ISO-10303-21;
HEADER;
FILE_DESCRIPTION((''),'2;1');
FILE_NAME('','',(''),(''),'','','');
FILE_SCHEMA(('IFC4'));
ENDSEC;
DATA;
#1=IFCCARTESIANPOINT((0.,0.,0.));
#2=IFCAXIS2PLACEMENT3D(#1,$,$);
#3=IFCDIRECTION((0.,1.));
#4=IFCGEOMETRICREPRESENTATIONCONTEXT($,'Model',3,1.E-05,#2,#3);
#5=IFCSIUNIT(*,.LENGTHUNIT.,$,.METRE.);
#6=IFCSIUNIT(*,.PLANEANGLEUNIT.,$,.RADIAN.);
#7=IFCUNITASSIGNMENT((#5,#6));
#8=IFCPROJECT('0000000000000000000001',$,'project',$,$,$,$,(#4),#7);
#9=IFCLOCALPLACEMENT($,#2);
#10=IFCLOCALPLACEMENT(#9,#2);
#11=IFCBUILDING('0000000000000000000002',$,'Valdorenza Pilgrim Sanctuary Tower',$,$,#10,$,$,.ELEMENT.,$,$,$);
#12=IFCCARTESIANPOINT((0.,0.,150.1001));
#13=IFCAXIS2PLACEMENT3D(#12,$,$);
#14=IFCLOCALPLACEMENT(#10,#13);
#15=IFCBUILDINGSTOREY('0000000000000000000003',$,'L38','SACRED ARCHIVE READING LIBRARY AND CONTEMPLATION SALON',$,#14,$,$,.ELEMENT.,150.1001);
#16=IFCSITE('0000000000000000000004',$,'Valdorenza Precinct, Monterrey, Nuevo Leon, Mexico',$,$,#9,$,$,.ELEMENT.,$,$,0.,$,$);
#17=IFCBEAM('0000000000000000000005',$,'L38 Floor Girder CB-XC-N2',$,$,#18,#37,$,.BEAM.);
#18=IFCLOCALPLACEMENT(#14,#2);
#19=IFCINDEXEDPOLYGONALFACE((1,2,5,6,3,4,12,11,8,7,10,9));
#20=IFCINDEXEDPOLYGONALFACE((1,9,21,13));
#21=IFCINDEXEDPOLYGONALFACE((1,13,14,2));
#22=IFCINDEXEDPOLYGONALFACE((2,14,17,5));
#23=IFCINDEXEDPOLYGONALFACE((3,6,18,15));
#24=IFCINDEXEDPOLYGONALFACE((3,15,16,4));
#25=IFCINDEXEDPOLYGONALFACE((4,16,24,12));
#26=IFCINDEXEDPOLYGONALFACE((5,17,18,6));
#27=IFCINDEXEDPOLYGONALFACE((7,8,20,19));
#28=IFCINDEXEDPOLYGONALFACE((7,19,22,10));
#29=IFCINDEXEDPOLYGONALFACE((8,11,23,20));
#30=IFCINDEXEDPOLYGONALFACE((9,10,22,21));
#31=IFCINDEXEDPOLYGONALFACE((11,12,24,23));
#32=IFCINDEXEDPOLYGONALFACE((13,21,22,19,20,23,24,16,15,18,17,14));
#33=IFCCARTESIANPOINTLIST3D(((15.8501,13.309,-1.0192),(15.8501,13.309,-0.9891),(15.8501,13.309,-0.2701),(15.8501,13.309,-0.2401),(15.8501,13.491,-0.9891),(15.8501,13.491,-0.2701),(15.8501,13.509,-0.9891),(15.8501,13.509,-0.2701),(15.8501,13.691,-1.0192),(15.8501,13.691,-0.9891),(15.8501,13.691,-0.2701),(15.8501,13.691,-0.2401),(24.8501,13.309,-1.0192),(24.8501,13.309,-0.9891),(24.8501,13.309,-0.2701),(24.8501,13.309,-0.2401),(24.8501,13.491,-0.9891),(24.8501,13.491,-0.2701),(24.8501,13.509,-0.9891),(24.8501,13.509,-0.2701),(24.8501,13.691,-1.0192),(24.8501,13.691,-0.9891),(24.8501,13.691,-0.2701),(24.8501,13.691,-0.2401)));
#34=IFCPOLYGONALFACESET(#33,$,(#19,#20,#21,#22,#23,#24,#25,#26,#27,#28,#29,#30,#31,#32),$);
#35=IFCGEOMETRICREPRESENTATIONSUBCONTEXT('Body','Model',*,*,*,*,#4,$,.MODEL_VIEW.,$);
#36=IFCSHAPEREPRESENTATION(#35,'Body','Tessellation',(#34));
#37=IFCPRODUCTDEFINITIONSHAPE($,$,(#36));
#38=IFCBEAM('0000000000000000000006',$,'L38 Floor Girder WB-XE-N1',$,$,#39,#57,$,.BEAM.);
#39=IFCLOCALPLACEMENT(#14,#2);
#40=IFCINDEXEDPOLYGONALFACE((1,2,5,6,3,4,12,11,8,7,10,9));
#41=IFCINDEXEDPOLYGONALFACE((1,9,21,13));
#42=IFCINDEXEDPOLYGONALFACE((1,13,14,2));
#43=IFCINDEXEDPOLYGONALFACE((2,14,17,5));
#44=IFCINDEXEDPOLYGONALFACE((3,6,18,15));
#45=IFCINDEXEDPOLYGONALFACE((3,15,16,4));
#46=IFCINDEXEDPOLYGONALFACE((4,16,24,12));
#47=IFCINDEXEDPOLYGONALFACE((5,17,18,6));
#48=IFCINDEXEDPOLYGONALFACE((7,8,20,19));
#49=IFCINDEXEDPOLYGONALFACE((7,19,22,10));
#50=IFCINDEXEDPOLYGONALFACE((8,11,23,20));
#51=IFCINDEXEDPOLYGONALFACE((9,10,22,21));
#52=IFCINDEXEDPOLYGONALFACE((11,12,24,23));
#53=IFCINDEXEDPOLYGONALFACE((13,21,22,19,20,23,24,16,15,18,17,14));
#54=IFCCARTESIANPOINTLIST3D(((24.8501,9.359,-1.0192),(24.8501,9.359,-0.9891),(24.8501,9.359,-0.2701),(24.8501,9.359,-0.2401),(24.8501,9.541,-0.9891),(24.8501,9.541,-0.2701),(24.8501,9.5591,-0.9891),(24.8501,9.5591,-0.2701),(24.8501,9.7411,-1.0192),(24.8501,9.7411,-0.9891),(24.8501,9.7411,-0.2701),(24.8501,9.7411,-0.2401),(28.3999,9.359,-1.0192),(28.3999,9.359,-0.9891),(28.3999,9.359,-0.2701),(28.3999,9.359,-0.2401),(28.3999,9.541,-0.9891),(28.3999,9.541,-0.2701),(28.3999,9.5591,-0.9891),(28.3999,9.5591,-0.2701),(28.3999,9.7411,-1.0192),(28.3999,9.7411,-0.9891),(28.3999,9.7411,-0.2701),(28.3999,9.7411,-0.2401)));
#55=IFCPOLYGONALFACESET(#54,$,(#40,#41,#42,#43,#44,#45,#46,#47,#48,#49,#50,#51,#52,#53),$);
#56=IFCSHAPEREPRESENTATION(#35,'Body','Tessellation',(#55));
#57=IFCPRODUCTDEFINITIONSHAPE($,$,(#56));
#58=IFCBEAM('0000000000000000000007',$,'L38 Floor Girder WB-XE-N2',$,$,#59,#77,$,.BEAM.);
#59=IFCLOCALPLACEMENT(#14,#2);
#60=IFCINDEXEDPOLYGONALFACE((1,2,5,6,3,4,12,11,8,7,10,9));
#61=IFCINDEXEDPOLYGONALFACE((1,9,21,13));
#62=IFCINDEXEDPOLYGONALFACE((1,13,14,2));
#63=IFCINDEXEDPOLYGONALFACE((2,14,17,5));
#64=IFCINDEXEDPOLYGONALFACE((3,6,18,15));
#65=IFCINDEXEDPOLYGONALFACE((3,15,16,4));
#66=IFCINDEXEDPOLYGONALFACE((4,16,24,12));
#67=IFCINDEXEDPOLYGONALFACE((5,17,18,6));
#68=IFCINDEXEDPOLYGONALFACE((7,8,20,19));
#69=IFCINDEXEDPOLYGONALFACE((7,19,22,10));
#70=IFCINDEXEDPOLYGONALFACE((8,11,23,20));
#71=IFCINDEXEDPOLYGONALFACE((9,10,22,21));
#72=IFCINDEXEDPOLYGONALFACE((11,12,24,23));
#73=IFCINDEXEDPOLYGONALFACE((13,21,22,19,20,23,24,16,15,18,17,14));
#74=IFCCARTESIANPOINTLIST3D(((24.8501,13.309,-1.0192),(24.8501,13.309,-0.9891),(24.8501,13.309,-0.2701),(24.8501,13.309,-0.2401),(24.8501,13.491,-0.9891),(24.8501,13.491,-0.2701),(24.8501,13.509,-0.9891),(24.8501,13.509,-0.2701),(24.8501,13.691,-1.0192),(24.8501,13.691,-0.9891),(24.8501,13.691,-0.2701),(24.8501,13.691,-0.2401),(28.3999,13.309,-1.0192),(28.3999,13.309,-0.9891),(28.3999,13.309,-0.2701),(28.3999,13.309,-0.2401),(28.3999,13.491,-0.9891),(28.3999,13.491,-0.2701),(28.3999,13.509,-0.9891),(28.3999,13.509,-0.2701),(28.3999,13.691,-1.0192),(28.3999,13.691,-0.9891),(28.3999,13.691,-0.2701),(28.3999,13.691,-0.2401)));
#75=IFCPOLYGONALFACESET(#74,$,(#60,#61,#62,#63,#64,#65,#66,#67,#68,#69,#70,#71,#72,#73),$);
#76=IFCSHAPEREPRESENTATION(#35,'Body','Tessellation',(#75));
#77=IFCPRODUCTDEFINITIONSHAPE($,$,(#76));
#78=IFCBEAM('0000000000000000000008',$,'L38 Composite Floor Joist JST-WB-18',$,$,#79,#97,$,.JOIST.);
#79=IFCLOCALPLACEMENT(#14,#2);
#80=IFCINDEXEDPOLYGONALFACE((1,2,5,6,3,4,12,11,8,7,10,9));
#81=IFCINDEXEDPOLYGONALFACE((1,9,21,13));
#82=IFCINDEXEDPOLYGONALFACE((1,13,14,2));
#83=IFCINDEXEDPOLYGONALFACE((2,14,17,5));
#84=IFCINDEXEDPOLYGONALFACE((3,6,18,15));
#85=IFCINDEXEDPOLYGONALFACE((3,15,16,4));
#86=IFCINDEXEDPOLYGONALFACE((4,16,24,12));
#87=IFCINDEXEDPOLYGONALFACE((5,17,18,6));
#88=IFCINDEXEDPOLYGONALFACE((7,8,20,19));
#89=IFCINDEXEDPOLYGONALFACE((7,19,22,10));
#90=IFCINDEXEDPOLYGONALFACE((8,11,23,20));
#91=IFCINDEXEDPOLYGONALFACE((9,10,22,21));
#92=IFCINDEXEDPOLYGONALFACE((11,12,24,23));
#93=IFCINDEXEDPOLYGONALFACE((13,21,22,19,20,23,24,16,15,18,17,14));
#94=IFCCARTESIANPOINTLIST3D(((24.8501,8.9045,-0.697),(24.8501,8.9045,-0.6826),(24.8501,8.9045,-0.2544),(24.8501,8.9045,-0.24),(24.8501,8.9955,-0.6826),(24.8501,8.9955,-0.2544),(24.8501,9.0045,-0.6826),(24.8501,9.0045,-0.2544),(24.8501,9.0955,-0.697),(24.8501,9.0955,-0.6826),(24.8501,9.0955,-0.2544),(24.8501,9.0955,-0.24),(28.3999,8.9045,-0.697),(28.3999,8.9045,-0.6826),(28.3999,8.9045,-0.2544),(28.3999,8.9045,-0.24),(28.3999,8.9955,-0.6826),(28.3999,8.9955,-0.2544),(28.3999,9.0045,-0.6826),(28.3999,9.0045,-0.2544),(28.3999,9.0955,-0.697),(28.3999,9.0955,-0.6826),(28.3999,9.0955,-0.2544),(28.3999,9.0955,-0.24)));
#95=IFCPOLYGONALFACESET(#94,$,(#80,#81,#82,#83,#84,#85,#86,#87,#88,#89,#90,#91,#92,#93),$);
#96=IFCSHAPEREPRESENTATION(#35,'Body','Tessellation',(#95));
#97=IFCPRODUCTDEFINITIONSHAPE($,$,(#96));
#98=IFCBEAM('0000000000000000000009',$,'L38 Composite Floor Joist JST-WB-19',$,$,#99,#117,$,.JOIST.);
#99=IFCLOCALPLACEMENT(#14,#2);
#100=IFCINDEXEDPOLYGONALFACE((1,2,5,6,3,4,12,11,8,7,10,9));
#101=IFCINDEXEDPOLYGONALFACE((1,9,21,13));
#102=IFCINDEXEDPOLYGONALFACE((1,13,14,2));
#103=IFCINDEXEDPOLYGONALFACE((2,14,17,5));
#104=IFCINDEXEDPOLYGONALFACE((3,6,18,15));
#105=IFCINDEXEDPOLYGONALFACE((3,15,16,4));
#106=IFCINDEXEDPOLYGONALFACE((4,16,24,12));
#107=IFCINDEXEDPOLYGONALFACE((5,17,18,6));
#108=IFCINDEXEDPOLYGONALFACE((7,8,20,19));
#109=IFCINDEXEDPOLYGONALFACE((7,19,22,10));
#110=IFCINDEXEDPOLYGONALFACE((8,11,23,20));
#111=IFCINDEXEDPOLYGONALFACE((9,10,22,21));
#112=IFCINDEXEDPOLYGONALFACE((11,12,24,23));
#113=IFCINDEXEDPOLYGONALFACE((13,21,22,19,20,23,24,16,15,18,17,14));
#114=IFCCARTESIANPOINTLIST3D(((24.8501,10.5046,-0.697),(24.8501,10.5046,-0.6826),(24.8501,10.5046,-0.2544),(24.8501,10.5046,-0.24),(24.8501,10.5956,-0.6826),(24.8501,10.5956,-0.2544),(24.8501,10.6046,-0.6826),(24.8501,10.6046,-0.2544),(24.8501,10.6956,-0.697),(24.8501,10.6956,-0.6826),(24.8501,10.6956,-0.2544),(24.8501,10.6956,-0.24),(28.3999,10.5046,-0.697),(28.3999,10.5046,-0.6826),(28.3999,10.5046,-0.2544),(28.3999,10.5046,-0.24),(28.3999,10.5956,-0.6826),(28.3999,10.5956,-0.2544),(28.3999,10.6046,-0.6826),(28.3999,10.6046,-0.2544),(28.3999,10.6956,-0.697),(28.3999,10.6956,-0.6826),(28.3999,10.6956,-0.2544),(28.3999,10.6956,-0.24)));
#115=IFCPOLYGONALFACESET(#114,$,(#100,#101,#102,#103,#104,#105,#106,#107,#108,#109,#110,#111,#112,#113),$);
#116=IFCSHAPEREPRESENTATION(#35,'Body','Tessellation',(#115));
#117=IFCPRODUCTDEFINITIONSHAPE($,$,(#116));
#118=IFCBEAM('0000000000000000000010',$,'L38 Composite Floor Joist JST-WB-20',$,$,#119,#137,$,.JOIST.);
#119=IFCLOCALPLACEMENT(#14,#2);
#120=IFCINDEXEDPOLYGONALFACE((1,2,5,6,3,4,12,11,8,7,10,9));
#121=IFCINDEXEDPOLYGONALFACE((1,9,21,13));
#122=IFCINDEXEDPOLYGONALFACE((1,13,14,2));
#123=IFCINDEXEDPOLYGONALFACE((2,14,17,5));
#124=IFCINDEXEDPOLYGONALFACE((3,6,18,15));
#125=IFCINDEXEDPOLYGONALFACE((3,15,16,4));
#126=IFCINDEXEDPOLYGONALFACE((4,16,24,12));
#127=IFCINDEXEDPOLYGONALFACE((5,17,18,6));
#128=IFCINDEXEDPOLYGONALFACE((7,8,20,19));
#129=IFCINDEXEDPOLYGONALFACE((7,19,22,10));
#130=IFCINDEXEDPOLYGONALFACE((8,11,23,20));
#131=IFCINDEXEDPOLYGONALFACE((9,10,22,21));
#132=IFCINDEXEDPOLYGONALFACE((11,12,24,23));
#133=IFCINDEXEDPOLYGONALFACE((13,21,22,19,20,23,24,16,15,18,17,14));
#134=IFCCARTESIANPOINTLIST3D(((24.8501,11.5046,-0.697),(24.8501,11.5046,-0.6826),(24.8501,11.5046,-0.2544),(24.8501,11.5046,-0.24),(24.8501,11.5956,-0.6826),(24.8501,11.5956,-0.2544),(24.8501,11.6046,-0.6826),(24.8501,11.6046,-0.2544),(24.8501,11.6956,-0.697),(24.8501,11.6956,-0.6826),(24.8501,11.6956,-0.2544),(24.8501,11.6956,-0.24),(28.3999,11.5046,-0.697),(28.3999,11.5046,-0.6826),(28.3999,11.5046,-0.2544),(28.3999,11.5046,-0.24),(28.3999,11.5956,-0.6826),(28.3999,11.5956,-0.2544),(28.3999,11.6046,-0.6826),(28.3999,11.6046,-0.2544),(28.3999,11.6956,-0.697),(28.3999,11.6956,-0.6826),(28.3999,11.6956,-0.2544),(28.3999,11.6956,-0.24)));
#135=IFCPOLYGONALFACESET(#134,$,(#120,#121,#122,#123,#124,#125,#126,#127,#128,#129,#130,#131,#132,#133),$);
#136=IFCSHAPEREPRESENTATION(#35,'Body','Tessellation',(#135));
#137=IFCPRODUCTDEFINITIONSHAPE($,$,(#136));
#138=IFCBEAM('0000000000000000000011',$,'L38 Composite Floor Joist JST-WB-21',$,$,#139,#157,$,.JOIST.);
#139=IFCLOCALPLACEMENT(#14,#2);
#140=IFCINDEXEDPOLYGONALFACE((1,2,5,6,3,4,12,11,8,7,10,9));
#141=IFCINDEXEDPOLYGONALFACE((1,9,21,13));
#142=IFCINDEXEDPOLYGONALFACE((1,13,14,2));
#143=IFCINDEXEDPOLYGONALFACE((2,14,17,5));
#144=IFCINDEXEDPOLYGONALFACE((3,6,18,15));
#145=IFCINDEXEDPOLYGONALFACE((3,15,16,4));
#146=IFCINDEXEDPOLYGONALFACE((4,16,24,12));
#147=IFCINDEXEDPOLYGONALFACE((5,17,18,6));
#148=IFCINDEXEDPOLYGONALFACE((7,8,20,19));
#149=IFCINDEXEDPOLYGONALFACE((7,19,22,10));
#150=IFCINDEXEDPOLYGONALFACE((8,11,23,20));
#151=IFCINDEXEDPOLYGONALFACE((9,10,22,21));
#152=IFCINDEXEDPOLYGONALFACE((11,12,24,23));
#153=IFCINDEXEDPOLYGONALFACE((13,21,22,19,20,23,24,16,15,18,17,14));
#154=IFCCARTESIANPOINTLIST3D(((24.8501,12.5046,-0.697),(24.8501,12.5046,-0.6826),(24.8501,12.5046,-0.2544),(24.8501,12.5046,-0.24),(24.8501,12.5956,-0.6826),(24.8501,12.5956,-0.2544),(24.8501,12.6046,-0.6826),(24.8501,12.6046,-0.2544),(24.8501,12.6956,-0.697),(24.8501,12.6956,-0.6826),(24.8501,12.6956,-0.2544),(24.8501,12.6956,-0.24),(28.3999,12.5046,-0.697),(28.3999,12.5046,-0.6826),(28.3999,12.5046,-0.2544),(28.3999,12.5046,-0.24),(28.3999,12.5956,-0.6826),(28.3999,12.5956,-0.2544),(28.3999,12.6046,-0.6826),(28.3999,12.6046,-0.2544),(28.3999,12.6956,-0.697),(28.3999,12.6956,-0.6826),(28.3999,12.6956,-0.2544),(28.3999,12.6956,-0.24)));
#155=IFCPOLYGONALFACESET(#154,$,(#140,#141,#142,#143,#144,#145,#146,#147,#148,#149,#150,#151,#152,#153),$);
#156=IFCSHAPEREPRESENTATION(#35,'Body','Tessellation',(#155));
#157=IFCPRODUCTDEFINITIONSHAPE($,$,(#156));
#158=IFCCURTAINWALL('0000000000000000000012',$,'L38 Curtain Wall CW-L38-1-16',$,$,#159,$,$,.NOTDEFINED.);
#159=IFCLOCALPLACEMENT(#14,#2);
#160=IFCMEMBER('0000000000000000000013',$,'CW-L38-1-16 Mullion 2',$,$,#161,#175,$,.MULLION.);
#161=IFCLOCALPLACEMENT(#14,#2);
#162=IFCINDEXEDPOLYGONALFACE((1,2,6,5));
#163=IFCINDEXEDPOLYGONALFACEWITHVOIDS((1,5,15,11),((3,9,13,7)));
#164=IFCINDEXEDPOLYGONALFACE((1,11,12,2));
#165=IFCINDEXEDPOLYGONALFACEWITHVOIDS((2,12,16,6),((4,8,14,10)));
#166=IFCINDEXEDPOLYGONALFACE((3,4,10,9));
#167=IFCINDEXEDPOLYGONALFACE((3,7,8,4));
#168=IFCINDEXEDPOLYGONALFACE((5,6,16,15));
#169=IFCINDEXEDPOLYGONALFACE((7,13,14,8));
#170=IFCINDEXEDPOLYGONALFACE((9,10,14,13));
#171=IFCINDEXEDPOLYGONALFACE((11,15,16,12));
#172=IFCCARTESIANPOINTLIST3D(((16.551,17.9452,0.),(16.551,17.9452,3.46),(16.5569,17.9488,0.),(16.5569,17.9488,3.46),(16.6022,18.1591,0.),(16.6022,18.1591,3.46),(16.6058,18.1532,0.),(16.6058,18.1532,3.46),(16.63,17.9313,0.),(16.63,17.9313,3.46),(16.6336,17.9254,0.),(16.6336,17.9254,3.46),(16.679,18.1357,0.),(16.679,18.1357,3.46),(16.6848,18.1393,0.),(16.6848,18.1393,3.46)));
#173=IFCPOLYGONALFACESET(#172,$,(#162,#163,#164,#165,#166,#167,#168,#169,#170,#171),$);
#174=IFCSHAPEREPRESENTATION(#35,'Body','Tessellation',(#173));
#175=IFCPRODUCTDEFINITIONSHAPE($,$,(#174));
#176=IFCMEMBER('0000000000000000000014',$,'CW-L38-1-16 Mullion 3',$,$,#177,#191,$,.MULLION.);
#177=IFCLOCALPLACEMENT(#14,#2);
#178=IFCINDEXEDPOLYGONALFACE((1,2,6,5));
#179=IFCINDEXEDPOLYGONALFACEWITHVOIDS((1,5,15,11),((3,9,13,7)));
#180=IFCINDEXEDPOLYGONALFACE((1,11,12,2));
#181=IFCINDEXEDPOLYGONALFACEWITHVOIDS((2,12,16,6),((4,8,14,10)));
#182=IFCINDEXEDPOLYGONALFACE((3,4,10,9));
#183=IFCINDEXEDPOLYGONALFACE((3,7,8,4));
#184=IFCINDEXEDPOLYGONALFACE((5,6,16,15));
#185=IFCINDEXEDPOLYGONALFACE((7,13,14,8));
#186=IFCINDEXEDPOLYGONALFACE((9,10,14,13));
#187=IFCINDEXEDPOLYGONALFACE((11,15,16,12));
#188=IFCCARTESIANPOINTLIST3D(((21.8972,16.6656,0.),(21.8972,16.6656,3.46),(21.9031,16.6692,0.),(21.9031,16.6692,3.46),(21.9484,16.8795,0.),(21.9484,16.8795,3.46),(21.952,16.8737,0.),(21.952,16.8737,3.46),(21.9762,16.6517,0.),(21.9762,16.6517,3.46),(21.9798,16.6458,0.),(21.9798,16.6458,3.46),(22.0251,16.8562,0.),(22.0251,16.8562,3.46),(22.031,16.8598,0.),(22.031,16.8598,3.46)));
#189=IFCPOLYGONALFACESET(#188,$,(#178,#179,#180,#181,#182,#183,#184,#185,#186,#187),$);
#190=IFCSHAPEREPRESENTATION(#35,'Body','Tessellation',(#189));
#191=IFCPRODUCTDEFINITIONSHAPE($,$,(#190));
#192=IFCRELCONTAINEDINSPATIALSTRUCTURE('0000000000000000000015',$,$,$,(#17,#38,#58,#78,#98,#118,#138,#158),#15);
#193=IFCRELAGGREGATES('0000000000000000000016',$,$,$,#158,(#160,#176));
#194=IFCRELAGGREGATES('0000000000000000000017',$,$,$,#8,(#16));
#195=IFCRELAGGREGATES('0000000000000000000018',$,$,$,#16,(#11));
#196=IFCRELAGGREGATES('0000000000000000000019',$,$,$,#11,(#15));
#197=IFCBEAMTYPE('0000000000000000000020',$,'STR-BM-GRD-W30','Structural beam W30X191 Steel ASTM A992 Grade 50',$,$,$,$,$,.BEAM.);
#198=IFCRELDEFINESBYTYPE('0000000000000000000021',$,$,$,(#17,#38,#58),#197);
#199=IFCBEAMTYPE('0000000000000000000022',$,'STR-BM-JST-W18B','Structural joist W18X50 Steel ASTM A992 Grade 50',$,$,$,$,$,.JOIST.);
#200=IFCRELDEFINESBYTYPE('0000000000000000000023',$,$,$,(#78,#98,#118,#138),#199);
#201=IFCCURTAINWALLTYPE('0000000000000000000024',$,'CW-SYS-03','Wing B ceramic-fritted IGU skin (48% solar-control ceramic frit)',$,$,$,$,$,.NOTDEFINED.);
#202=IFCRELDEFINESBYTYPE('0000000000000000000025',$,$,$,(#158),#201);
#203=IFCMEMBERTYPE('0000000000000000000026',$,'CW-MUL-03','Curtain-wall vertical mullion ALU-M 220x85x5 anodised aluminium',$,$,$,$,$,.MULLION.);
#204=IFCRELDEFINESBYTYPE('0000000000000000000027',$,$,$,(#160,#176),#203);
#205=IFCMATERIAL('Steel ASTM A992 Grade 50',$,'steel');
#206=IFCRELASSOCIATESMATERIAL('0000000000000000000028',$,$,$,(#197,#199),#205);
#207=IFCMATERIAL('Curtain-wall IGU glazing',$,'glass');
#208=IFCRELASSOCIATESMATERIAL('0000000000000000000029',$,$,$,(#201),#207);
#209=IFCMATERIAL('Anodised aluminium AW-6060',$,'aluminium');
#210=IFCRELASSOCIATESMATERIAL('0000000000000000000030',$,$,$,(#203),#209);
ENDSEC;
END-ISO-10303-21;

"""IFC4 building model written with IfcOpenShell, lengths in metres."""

from ifc_helpers import new_model, si_unit, direction, frame, origin, origin_2d, place, context, subcontext, project, spatial, hollow_rectangle, i_section, extrude, source, transform, mapped, material, material_profile, profile_set, type_object, element, aggregate, save


model = new_model("IFC4")

# Units and contexts
model_context = context("Model", 3, precision=1e-05, world=origin(), true_north=direction((0.0, 1.0)))
body_context = subcontext(model_context, "Body", "Model", "MODEL_VIEW")
ifc_project = project(units=[si_unit("LENGTHUNIT", "METRE"), si_unit("PLANEANGLEUNIT", "RADIAN")], contexts=[model_context])

# Site, building, storey
site_placement = place(None, origin())
site = spatial("IfcSite", under=ifc_project, at=site_placement, Name="Valdorenza Precinct, Monterrey, Nuevo Leon, Mexico", CompositionType="ELEMENT", RefElevation=0.0)
building_placement = place(site_placement, origin())
building = spatial("IfcBuilding", under=site, at=building_placement, Name="Valdorenza Pilgrim Sanctuary Tower", CompositionType="ELEMENT")
storey_placement = place(building_placement, frame((0.0, 0.0, 150.1001)))
storey = spatial("IfcBuildingStorey", under=building, at=storey_placement, Name="L38", Description="SACRED ARCHIVE READING LIBRARY AND CONTEMPLATION SALON", CompositionType="ELEMENT", Elevation=150.1001)

# Shared definitions
ifc_material_1 = material(Name="Steel ASTM A992 Grade 50", Category="steel")

# Beams
ifc_material_profile_1 = material_profile(ifc_material_1, i_section(OverallWidth=0.3821, OverallDepth=0.7791, WebThickness=0.0181, FlangeThickness=0.03, at=origin_2d()), Name="W30X191")
ifc_profile_set_1 = profile_set([ifc_material_profile_1], Name="Steel ASTM A992 Grade 50")
beam_type_1 = type_object("IfcBeamType", Name="STR-BM-GRD-W30", Description="Structural beam W30X191 Steel ASTM A992 Grade 50", PredefinedType="BEAM", material=ifc_profile_set_1)
shared_shape_1 = source(origin(), body_context, "Body", "SweptSolid", [
    extrude(i_section(OverallWidth=0.3821, OverallDepth=0.7791, WebThickness=0.0181, FlangeThickness=0.03, at=origin_2d()), origin(), (0.0, 0.0, 1.0), 9.0),
])
for number, where, z_axis, x_axis, name in (
    (1, (15.8501, 13.5, -0.6296), (1.0, 0.0, 0.0), (0.0, 1.0, 0.0), "L38 Floor Girder CB-XC-N2"),
):
    element("IfcBeam", number, at=place(storey_placement, frame(where, z_axis=z_axis, x_axis=x_axis)), inside=storey, type_object=beam_type_1, Name=name, PredefinedType="BEAM", context=body_context, shape_type="MappedRepresentation", body=[
        mapped(shared_shape_1, transform((0.0, 0.0, 0.0), x_axis=(1.0, 0.0, 0.0), y_axis=(0.0, 1.0, 0.0), z_axis=(0.0, 0.0, 1.0), scale=1.0)),
    ])
shared_shape_2 = source(origin(), body_context, "Body", "SweptSolid", [
    extrude(i_section(OverallWidth=0.3821, OverallDepth=0.7791, WebThickness=0.0181, FlangeThickness=0.03, at=origin_2d()), origin(), (0.0, 0.0, 1.0), 3.5498),
])
for number, where, z_axis, x_axis, name in (
    (2, (24.8501, 9.55, -0.6296), (1.0, 0.0, 0.0), (0.0, 1.0, 0.0), "L38 Floor Girder WB-XE-N1"),
    (3, (24.8501, 13.5, -0.6296), (1.0, 0.0, 0.0), (0.0, 1.0, 0.0), "L38 Floor Girder WB-XE-N2"),
):
    element("IfcBeam", number, at=place(storey_placement, frame(where, z_axis=z_axis, x_axis=x_axis)), inside=storey, type_object=beam_type_1, Name=name, PredefinedType="BEAM", context=body_context, shape_type="MappedRepresentation", body=[
        mapped(shared_shape_2, transform((0.0, 0.0, 0.0), x_axis=(1.0, 0.0, 0.0), y_axis=(0.0, 1.0, 0.0), z_axis=(0.0, 0.0, 1.0), scale=1.0)),
    ])
ifc_material_profile_2 = material_profile(ifc_material_1, i_section(OverallWidth=0.1909, OverallDepth=0.457, WebThickness=0.009, FlangeThickness=0.0144, at=origin_2d()), Name="W18X50")
ifc_profile_set_2 = profile_set([ifc_material_profile_2], Name="Steel ASTM A992 Grade 50")
beam_type_2 = type_object("IfcBeamType", Name="STR-BM-JST-W18B", Description="Structural joist W18X50 Steel ASTM A992 Grade 50", PredefinedType="JOIST", material=ifc_profile_set_2)
shared_shape_3 = source(origin(), body_context, "Body", "SweptSolid", [
    extrude(i_section(OverallWidth=0.1909, OverallDepth=0.457, WebThickness=0.009, FlangeThickness=0.0144, at=origin_2d()), origin(), (0.0, 0.0, 1.0), 3.5498),
])
for number, where, z_axis, x_axis, name in (
    (4, (24.8501, 9.0, -0.4685), (1.0, 0.0, 0.0), (0.0, 1.0, 0.0), "L38 Composite Floor Joist JST-WB-18"),
    (5, (24.8501, 10.6001, -0.4685), (1.0, 0.0, 0.0), (0.0, 1.0, 0.0), "L38 Composite Floor Joist JST-WB-19"),
    (6, (24.8501, 11.6001, -0.4685), (1.0, 0.0, 0.0), (0.0, 1.0, 0.0), "L38 Composite Floor Joist JST-WB-20"),
    (7, (24.8501, 12.6001, -0.4685), (1.0, 0.0, 0.0), (0.0, 1.0, 0.0), "L38 Composite Floor Joist JST-WB-21"),
):
    element("IfcBeam", number, at=place(storey_placement, frame(where, z_axis=z_axis, x_axis=x_axis)), inside=storey, type_object=beam_type_2, Name=name, PredefinedType="JOIST", context=body_context, shape_type="MappedRepresentation", body=[
        mapped(shared_shape_3, transform((0.0, 0.0, 0.0), x_axis=(1.0, 0.0, 0.0), y_axis=(0.0, 1.0, 0.0), z_axis=(0.0, 0.0, 1.0), scale=1.0)),
    ])

# Curtain wall, members
ifc_material_2 = material(Name="Curtain-wall IGU glazing", Category="glass")
curtain_wall_type = type_object("IfcCurtainWallType", Name="CW-SYS-03", Description="Wing B ceramic-fritted IGU skin (48% solar-control ceramic frit)", PredefinedType="NOTDEFINED", material=ifc_material_2)
curtain_wall_1_placement = place(storey_placement, origin())
curtain_wall_1 = element("IfcCurtainWall", 8, at=curtain_wall_1_placement, inside=storey, type_object=curtain_wall_type, Name="L38 Curtain Wall CW-L38-1-16", PredefinedType="NOTDEFINED")
ifc_material_3 = material(Name="Anodised aluminium AW-6060", Category="aluminium")
ifc_material_profile_3 = material_profile(ifc_material_3, hollow_rectangle(XDim=0.085, YDim=0.22, WallThickness=0.0049, at=origin_2d()), Name="ALU-M 220x85x5")
ifc_profile_set_3 = profile_set([ifc_material_profile_3], Name="Anodised aluminium AW-6060")
member_type_1 = type_object("IfcMemberType", Name="CW-MUL-03", Description="Curtain-wall vertical mullion ALU-M 220x85x5 anodised aluminium", PredefinedType="MULLION", material=ifc_profile_set_3)
shared_shape_4 = source(origin(), body_context, "Body", "SweptSolid", [
    extrude(hollow_rectangle(XDim=0.085, YDim=0.22, WallThickness=0.0049, at=origin_2d()), origin(), (0.0, 0.0, 1.0), 3.46),
])
member_1_placement = place(storey_placement, frame((16.6179, 18.0422, 0.0), z_axis=(0.0, 0.0, 1.0), x_axis=(0.972529, -0.232783, 0.0)))
member_1 = element("IfcMember", 9, at=member_1_placement, type_object=member_type_1, Name="CW-L38-1-16 Mullion 2", PredefinedType="MULLION", context=body_context, shape_type="MappedRepresentation", body=[
    mapped(shared_shape_4, transform((0.0, 0.0, 0.0), x_axis=(1.0, 0.0, 0.0), y_axis=(0.0, 1.0, 0.0), z_axis=(0.0, 0.0, 1.0), scale=1.0)),
])
member_2_placement = place(storey_placement, frame((21.9641, 16.7627, 0.0), z_axis=(0.0, 0.0, 1.0), x_axis=(0.972529, -0.232783, 0.0)))
member_2 = element("IfcMember", 10, at=member_2_placement, type_object=member_type_1, Name="CW-L38-1-16 Mullion 3", PredefinedType="MULLION", context=body_context, shape_type="MappedRepresentation", body=[
    mapped(shared_shape_4, transform((0.0, 0.0, 0.0), x_axis=(1.0, 0.0, 0.0), y_axis=(0.0, 1.0, 0.0), z_axis=(0.0, 0.0, 1.0), scale=1.0)),
])

aggregate(curtain_wall_1, [member_1, member_2])

save(model, "model.ifc")
